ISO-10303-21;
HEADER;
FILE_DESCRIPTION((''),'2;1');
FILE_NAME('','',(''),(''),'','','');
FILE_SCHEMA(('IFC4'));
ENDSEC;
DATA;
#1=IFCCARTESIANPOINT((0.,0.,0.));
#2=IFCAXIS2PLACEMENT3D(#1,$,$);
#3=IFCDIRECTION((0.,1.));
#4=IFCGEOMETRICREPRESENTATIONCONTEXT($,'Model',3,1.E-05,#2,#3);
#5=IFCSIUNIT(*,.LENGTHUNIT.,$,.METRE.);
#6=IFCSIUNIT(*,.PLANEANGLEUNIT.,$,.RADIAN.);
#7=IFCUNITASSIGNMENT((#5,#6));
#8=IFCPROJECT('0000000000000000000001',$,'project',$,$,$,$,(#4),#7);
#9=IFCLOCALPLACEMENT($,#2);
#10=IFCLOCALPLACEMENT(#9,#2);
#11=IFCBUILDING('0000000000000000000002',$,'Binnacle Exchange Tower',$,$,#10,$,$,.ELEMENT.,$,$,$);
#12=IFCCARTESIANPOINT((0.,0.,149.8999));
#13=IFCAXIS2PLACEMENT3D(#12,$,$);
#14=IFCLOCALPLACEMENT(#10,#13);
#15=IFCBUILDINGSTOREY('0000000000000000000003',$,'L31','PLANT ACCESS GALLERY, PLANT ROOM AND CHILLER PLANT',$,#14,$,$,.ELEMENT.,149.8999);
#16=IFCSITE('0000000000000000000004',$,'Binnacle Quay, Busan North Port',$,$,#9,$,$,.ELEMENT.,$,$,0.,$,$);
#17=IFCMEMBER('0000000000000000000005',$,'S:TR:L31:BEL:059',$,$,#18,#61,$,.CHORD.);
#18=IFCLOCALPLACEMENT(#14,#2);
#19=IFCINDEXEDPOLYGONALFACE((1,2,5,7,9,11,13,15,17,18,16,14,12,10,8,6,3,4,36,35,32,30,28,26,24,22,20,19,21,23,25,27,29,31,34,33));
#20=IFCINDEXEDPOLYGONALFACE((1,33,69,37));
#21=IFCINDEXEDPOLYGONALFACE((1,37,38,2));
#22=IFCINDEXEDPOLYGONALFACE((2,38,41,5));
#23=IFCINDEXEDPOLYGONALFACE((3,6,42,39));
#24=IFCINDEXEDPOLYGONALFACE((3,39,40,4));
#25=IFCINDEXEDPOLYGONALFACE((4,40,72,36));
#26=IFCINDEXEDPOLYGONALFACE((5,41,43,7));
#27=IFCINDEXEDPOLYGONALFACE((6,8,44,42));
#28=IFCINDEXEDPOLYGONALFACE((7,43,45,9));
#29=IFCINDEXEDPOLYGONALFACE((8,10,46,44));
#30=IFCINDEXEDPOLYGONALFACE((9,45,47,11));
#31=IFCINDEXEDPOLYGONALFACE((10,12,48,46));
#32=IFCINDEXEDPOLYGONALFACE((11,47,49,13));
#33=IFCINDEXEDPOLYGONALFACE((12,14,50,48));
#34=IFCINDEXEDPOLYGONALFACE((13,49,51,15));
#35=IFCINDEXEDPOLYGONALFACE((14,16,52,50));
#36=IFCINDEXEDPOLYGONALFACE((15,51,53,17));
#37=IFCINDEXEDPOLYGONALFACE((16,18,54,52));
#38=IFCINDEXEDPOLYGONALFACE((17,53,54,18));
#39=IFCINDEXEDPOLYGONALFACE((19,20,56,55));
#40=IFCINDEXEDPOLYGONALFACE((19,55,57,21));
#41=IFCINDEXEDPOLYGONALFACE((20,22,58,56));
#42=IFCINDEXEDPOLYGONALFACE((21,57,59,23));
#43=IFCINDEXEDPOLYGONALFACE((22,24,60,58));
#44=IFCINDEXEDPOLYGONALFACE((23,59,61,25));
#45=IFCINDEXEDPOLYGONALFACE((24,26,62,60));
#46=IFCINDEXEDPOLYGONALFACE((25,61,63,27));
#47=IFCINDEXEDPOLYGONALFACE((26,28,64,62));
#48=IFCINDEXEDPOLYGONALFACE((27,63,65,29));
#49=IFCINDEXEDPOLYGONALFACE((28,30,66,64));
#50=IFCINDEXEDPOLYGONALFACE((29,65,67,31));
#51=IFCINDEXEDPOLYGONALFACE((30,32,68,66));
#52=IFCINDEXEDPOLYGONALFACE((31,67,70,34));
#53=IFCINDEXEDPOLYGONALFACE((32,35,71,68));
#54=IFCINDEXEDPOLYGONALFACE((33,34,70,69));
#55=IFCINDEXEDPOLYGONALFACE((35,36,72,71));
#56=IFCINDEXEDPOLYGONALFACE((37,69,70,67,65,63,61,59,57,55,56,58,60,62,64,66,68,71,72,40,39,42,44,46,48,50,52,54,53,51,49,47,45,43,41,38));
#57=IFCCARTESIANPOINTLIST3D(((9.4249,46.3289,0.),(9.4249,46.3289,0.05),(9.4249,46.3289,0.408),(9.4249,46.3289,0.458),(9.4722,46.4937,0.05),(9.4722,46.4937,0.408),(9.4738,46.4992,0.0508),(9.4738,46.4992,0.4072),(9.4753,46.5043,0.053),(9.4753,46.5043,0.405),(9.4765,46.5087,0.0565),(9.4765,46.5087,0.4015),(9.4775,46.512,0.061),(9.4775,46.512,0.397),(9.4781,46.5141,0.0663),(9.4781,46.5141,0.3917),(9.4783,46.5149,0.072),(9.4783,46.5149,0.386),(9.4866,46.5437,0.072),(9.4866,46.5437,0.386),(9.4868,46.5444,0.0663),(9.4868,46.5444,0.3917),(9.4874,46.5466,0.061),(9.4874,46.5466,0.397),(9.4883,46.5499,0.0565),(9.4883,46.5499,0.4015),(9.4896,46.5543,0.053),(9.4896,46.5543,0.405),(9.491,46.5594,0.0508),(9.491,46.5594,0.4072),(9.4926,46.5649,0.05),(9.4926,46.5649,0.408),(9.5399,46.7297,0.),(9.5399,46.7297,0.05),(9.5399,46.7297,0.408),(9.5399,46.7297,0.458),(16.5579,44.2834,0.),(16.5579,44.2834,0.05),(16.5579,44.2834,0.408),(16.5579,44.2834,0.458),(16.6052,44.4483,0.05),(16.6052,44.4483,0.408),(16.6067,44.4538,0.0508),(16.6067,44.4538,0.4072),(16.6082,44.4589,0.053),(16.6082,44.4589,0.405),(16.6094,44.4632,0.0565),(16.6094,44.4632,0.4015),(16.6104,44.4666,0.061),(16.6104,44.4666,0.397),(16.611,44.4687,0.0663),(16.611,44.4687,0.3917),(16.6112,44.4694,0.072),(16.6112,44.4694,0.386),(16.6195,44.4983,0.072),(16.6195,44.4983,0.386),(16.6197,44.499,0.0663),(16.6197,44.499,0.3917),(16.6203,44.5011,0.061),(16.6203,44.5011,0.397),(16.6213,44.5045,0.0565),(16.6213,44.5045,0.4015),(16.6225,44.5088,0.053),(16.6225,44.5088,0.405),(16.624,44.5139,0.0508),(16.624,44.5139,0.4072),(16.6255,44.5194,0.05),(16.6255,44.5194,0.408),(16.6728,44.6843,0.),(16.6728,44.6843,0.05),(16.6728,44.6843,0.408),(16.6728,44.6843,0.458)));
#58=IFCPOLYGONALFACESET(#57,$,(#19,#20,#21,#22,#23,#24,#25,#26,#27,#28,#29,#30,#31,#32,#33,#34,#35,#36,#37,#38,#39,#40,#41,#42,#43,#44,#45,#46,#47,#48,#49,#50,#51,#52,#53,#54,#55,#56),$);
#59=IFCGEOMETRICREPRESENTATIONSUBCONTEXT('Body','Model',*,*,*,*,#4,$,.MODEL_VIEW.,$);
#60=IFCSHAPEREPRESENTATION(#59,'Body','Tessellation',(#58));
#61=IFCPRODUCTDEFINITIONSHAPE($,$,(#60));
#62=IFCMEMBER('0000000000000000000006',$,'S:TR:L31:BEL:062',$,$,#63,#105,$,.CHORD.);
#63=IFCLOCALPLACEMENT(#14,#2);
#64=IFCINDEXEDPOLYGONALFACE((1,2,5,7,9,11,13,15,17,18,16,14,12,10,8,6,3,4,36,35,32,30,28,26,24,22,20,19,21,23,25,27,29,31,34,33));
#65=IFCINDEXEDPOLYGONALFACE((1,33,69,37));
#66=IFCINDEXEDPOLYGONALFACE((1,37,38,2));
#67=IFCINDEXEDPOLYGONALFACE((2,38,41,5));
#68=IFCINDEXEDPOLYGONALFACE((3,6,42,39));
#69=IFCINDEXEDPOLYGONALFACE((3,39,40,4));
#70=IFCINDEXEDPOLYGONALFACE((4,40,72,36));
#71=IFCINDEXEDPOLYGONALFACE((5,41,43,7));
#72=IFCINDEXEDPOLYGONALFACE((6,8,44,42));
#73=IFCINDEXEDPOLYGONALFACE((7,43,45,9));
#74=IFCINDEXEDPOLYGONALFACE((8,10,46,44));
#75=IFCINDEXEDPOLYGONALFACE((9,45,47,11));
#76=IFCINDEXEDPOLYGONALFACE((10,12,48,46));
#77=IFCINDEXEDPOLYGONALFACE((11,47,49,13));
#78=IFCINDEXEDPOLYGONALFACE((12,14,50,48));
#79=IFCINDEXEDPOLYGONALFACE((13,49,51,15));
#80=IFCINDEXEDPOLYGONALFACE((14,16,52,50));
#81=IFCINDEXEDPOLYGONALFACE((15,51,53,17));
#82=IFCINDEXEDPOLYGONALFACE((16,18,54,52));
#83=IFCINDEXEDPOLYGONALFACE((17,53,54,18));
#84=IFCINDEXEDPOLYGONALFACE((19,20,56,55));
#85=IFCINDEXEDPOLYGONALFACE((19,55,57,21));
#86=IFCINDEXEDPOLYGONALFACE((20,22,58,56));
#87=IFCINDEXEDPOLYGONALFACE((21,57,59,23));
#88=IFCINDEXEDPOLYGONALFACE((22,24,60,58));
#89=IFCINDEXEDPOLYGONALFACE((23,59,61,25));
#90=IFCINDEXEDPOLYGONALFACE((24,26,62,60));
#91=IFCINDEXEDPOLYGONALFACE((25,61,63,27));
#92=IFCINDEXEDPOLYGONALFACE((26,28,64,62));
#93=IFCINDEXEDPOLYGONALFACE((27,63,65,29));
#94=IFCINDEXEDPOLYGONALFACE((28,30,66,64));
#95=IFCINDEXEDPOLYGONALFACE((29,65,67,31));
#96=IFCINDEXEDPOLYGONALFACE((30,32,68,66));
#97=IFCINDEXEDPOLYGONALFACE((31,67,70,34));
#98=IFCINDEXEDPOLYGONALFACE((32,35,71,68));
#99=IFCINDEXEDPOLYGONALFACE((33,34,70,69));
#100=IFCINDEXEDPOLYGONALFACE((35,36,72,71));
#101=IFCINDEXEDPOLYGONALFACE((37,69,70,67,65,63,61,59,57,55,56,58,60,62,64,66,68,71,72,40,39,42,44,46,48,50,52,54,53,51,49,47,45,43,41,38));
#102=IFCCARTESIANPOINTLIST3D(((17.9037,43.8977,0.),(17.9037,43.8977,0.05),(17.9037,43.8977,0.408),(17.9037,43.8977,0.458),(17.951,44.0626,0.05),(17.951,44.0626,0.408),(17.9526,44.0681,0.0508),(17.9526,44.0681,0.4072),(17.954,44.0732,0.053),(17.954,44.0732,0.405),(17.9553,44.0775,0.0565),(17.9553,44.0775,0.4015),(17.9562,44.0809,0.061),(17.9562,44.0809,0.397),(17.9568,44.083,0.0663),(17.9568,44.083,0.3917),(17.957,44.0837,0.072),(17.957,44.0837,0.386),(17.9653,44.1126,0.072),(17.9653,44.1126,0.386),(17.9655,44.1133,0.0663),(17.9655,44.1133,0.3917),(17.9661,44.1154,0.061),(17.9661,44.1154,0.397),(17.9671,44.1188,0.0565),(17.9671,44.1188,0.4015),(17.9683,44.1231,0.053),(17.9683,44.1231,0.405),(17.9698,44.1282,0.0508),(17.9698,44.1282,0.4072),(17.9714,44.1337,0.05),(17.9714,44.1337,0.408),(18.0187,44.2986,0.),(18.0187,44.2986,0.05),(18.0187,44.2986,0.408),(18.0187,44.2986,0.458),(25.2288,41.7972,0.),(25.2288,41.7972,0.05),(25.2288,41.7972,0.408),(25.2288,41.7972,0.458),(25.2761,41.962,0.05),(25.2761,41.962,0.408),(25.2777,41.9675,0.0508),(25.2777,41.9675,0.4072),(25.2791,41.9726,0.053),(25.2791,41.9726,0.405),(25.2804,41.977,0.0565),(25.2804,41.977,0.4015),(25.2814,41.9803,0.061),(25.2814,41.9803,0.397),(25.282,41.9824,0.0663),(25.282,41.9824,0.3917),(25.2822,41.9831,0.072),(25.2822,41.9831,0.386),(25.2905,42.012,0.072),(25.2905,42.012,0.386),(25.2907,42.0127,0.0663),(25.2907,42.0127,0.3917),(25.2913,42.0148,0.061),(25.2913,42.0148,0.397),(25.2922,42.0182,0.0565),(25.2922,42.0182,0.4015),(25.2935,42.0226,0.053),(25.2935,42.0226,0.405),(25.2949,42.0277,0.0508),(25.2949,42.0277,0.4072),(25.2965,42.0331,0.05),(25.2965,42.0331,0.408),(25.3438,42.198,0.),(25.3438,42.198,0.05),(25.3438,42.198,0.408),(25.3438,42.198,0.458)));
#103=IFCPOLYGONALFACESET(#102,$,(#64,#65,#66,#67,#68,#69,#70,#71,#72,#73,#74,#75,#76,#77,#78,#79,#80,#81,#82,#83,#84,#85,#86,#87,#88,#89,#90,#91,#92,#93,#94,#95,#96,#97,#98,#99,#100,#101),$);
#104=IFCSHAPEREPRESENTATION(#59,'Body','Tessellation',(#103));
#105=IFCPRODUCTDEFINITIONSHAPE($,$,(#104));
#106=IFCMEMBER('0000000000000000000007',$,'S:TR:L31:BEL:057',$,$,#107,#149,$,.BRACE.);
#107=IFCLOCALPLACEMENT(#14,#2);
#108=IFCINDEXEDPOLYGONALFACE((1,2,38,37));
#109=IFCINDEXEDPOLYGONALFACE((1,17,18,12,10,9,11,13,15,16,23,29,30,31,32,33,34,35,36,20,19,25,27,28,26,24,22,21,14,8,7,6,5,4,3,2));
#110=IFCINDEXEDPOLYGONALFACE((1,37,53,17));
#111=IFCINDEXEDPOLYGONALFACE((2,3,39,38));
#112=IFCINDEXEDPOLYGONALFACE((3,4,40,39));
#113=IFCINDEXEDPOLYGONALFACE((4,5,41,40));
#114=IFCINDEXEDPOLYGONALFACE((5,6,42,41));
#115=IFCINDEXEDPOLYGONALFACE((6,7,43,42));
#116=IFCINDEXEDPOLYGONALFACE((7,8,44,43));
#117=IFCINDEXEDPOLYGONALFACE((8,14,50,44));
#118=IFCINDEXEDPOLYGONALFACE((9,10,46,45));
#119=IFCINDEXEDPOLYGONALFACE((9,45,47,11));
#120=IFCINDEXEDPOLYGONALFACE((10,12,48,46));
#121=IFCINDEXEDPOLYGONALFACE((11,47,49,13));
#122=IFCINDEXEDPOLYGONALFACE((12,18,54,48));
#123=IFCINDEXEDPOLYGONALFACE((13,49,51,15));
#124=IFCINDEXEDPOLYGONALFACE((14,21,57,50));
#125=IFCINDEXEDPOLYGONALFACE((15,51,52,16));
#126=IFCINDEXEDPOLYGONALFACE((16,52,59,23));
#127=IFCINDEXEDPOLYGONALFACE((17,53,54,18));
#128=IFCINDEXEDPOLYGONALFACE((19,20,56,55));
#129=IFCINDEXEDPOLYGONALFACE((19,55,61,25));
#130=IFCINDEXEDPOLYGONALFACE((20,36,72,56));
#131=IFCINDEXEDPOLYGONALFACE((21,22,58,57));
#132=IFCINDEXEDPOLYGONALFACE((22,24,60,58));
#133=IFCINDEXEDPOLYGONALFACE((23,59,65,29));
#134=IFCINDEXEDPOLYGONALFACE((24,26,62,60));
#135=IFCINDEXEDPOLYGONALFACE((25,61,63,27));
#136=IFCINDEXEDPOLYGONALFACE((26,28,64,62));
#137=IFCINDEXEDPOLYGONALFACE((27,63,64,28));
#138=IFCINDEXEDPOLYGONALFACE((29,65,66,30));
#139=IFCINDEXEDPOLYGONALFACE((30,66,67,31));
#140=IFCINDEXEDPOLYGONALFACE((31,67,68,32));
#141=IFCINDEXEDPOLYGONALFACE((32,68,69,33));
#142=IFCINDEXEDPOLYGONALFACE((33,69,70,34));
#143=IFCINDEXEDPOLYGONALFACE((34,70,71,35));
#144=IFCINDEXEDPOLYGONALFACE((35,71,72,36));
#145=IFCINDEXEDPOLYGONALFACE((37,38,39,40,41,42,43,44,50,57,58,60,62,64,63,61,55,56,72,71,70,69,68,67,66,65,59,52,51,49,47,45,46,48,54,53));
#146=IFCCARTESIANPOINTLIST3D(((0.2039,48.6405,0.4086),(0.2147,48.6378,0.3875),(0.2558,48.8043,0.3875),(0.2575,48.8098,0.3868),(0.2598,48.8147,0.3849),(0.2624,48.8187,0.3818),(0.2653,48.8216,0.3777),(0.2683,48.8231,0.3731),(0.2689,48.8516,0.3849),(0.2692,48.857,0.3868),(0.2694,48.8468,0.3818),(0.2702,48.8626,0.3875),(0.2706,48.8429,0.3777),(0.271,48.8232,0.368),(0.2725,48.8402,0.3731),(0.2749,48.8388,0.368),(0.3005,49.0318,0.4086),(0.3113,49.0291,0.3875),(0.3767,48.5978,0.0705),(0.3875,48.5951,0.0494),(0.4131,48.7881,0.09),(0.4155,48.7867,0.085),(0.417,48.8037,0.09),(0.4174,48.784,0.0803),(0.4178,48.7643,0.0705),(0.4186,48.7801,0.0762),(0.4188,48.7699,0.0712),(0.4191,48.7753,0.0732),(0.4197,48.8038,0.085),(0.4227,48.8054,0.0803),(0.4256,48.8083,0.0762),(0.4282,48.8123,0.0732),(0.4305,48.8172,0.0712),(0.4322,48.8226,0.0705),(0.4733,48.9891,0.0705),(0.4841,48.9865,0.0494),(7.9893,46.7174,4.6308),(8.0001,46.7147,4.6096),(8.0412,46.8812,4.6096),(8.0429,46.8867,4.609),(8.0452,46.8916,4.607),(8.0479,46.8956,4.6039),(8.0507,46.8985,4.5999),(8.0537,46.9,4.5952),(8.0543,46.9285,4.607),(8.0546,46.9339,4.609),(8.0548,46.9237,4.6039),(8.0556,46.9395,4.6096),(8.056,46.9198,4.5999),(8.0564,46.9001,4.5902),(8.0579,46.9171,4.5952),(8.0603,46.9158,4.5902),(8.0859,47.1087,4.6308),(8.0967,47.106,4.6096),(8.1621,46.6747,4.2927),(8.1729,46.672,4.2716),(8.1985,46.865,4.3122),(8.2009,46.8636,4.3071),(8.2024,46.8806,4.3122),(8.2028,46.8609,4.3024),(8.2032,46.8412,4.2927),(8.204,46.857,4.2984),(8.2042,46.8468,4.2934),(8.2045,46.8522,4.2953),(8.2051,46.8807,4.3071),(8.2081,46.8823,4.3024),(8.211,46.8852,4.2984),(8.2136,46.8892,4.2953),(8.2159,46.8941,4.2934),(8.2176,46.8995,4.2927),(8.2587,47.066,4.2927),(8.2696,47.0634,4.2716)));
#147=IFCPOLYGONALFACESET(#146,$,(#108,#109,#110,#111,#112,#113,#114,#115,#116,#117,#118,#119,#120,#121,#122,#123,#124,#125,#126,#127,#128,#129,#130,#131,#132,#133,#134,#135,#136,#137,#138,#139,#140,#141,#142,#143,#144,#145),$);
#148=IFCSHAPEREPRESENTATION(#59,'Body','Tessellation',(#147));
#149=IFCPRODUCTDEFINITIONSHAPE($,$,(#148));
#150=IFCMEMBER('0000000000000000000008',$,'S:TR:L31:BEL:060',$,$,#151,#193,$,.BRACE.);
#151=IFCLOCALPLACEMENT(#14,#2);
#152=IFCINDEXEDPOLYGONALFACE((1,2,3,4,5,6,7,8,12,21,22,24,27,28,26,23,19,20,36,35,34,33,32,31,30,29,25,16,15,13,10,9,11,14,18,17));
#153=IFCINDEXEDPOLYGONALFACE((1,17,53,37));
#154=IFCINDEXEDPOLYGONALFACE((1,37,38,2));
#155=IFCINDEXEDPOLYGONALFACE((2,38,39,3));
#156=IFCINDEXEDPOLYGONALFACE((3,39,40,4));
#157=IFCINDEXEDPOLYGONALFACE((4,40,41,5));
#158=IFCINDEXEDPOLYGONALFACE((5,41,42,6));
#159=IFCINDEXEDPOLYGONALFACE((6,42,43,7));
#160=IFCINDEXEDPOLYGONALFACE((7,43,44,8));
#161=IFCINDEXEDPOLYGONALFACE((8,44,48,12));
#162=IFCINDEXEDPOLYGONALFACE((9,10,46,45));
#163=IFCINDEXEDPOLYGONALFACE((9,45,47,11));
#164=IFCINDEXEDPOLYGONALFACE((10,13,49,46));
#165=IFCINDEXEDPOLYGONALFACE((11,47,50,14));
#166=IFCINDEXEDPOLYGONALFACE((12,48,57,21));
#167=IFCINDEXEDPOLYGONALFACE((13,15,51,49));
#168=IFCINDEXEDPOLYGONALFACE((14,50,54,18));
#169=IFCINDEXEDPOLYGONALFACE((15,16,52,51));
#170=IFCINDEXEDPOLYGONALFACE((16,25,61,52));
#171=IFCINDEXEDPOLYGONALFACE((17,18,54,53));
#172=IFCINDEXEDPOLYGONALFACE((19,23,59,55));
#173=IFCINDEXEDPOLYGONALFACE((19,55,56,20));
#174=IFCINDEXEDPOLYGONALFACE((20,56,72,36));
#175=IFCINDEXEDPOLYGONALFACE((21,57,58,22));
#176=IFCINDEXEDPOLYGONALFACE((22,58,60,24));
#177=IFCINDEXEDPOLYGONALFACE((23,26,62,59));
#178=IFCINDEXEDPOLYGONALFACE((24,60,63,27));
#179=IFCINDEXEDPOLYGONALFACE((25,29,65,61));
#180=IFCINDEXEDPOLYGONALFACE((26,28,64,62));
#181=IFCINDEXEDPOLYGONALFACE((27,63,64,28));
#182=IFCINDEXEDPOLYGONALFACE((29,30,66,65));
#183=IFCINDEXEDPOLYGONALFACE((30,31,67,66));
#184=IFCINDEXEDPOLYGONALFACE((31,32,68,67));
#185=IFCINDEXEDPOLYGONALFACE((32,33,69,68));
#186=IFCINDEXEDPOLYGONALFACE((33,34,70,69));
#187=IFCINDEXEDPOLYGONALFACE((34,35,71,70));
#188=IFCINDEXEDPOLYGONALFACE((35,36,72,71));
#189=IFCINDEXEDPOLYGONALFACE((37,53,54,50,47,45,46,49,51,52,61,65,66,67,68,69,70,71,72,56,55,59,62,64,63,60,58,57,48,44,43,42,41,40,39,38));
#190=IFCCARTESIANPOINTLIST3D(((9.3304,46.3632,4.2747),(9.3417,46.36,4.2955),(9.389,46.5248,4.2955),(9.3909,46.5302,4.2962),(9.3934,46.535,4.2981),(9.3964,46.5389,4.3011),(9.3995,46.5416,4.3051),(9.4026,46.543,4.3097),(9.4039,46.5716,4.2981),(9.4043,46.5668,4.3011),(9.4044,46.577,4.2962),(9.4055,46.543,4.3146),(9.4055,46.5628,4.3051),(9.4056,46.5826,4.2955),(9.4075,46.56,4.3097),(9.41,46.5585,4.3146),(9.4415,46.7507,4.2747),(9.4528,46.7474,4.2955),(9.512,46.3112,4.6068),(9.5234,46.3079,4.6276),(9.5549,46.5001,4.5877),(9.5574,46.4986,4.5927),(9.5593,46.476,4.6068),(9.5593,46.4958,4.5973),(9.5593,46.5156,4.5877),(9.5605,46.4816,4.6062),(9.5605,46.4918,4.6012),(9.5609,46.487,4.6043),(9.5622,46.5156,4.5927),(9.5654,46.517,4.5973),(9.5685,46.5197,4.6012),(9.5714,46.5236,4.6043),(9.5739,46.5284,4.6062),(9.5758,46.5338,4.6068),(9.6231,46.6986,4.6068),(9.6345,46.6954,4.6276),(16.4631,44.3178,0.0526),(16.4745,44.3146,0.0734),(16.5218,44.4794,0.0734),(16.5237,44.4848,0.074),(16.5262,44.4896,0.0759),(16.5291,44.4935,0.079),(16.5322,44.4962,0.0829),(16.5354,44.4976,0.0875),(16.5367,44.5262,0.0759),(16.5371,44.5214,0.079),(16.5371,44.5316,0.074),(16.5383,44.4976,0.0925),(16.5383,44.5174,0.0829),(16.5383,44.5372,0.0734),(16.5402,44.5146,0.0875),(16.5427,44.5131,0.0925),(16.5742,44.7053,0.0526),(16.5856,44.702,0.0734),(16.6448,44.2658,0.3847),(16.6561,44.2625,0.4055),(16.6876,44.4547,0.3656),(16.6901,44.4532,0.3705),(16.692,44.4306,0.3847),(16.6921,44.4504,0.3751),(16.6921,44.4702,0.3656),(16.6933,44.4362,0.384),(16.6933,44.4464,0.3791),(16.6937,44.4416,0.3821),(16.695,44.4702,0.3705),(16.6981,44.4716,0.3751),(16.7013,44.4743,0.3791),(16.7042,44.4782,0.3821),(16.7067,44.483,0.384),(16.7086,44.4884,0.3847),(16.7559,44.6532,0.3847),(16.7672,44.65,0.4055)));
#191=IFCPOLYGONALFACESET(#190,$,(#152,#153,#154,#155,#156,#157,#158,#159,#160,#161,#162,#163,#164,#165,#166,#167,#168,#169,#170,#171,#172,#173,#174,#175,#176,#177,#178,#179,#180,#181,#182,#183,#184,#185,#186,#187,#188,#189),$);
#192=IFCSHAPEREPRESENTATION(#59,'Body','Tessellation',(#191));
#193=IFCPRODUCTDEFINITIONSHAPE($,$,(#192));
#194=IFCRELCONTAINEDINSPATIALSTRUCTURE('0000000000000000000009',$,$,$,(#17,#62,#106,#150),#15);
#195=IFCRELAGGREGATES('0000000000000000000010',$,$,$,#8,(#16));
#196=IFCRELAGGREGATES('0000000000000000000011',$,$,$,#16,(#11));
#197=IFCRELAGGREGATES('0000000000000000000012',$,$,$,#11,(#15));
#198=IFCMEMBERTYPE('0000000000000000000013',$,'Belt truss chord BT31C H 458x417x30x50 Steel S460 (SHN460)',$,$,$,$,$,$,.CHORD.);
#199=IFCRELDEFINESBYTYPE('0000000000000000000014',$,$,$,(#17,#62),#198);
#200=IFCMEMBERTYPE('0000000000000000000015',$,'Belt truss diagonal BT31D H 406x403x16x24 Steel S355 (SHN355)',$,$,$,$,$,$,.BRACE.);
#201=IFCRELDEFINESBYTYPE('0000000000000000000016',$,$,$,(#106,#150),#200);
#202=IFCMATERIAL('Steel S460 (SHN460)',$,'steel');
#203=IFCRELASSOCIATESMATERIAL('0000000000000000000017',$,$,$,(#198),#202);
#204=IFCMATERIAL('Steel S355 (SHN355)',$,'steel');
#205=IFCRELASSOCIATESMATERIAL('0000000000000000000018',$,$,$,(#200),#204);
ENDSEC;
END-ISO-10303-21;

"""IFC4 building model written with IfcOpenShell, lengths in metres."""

from ifc_helpers import new_model, si_unit, direction, frame, origin, origin_2d, place, context, subcontext, project, spatial, i_section, extrude, material, material_profile, profile_set, type_object, element, save


model = new_model("IFC4")

# Units and contexts
model_context = context("Model", 3, precision=1e-05, world=origin(), true_north=direction((0.0, 1.0)))
body_context = subcontext(model_context, "Body", "Model", "MODEL_VIEW")
ifc_project = project(units=[si_unit("LENGTHUNIT", "METRE"), si_unit("PLANEANGLEUNIT", "RADIAN")], contexts=[model_context])

# Site, building, storey
site_placement = place(None, origin())
site = spatial("IfcSite", under=ifc_project, at=site_placement, Name="Binnacle Quay, Busan North Port", CompositionType="ELEMENT", RefElevation=0.0)
building_placement = place(site_placement, origin())
building = spatial("IfcBuilding", under=site, at=building_placement, Name="Binnacle Exchange Tower", CompositionType="ELEMENT")
storey_placement = place(building_placement, frame((0.0, 0.0, 149.8999)))
storey = spatial("IfcBuildingStorey", under=building, at=storey_placement, Name="L31", Description="PLANT ACCESS GALLERY, PLANT ROOM AND CHILLER PLANT", CompositionType="ELEMENT", Elevation=149.8999)

# Members
ifc_material_1 = material(Name="Steel S460 (SHN460)", Category="steel")
ifc_material_profile_1 = material_profile(ifc_material_1, i_section(OverallWidth=0.417, OverallDepth=0.458, WebThickness=0.03, FlangeThickness=0.05, FilletRadius=0.022, at=origin_2d()), Name="H 458x417x30x50")
ifc_profile_set_1 = profile_set([ifc_material_profile_1], Name="Steel S460 (SHN460)")
member_type_1 = type_object("IfcMemberType", Name="Belt truss chord BT31C H 458x417x30x50 Steel S460 (SHN460)", PredefinedType="CHORD", material=ifc_profile_set_1)
for number, where, z_axis, x_axis, name in (
    (1, (9.4824, 46.5293, 0.229), (0.961258, -0.275651, 0.0), (0.275651, 0.961258, 0.0), "S:TR:L31:BEL:059"),
):
    element("IfcMember", number, at=place(storey_placement, frame(where, z_axis=z_axis, x_axis=x_axis)), inside=storey, type_object=member_type_1, Name=name, PredefinedType="CHORD", context=body_context, shape_type="SweptSolid", body=[
        extrude(i_section(OverallWidth=0.417, OverallDepth=0.458, WebThickness=0.03, FlangeThickness=0.05, FilletRadius=0.022, at=origin_2d()), origin(), (0.0, 0.0, 1.0), 7.4204),
    ])
member_1_placement = place(storey_placement, frame((17.9612, 44.0981, 0.229), z_axis=(0.961258, -0.275652, 0.0), x_axis=(0.275652, 0.961258, 0.0)))
element("IfcMember", 2, at=member_1_placement, inside=storey, type_object=member_type_1, Name="S:TR:L31:BEL:062", PredefinedType="CHORD", context=body_context, shape_type="SweptSolid", body=[
    extrude(i_section(OverallWidth=0.417, OverallDepth=0.458, WebThickness=0.03, FlangeThickness=0.05, FilletRadius=0.022, at=origin_2d()), origin(), (0.0, 0.0, 1.0), 7.6204),
])
ifc_material_2 = material(Name="Steel S355 (SHN355)", Category="steel")
ifc_material_profile_2 = material_profile(ifc_material_2, i_section(OverallWidth=0.4031, OverallDepth=0.406, WebThickness=0.0161, FlangeThickness=0.0239, FilletRadius=0.022, at=origin_2d()), Name="H 406x403x16x24")
ifc_profile_set_2 = profile_set([ifc_material_profile_2], Name="Steel S355 (SHN355)")
member_type_2 = type_object("IfcMemberType", Name="Belt truss diagonal BT31D H 406x403x16x24 Steel S355 (SHN355)", PredefinedType="BRACE", material=ifc_profile_set_2)
member_2_placement = place(storey_placement, frame((0.344, 48.8135, 0.229), z_axis=(0.859034, -0.212193, 0.46587), x_axis=(0.239805, 0.970821, 0.0)))
element("IfcMember", 3, at=member_2_placement, inside=storey, type_object=member_type_2, Name="S:TR:L31:BEL:057", PredefinedType="BRACE", context=body_context, shape_type="SweptSolid", body=[
    extrude(i_section(OverallWidth=0.4031, OverallDepth=0.406, WebThickness=0.0161, FlangeThickness=0.0239, FilletRadius=0.022, at=origin_2d()), origin(), (0.0, 0.0, 1.0), 9.063),
])
member_3_placement = place(storey_placement, frame((9.4824, 46.5293, 4.4512), z_axis=(0.835477, -0.239582, -0.494549), x_axis=(0.275651, 0.961258, 0.0)))
element("IfcMember", 4, at=member_3_placement, inside=storey, type_object=member_type_2, Name="S:TR:L31:BEL:060", PredefinedType="BRACE", context=body_context, shape_type="SweptSolid", body=[
    extrude(i_section(OverallWidth=0.4031, OverallDepth=0.406, WebThickness=0.0161, FlangeThickness=0.0239, FilletRadius=0.022, at=origin_2d()), origin(), (0.0, 0.0, 1.0), 8.5374),
])

save(model, "model.ifc")
